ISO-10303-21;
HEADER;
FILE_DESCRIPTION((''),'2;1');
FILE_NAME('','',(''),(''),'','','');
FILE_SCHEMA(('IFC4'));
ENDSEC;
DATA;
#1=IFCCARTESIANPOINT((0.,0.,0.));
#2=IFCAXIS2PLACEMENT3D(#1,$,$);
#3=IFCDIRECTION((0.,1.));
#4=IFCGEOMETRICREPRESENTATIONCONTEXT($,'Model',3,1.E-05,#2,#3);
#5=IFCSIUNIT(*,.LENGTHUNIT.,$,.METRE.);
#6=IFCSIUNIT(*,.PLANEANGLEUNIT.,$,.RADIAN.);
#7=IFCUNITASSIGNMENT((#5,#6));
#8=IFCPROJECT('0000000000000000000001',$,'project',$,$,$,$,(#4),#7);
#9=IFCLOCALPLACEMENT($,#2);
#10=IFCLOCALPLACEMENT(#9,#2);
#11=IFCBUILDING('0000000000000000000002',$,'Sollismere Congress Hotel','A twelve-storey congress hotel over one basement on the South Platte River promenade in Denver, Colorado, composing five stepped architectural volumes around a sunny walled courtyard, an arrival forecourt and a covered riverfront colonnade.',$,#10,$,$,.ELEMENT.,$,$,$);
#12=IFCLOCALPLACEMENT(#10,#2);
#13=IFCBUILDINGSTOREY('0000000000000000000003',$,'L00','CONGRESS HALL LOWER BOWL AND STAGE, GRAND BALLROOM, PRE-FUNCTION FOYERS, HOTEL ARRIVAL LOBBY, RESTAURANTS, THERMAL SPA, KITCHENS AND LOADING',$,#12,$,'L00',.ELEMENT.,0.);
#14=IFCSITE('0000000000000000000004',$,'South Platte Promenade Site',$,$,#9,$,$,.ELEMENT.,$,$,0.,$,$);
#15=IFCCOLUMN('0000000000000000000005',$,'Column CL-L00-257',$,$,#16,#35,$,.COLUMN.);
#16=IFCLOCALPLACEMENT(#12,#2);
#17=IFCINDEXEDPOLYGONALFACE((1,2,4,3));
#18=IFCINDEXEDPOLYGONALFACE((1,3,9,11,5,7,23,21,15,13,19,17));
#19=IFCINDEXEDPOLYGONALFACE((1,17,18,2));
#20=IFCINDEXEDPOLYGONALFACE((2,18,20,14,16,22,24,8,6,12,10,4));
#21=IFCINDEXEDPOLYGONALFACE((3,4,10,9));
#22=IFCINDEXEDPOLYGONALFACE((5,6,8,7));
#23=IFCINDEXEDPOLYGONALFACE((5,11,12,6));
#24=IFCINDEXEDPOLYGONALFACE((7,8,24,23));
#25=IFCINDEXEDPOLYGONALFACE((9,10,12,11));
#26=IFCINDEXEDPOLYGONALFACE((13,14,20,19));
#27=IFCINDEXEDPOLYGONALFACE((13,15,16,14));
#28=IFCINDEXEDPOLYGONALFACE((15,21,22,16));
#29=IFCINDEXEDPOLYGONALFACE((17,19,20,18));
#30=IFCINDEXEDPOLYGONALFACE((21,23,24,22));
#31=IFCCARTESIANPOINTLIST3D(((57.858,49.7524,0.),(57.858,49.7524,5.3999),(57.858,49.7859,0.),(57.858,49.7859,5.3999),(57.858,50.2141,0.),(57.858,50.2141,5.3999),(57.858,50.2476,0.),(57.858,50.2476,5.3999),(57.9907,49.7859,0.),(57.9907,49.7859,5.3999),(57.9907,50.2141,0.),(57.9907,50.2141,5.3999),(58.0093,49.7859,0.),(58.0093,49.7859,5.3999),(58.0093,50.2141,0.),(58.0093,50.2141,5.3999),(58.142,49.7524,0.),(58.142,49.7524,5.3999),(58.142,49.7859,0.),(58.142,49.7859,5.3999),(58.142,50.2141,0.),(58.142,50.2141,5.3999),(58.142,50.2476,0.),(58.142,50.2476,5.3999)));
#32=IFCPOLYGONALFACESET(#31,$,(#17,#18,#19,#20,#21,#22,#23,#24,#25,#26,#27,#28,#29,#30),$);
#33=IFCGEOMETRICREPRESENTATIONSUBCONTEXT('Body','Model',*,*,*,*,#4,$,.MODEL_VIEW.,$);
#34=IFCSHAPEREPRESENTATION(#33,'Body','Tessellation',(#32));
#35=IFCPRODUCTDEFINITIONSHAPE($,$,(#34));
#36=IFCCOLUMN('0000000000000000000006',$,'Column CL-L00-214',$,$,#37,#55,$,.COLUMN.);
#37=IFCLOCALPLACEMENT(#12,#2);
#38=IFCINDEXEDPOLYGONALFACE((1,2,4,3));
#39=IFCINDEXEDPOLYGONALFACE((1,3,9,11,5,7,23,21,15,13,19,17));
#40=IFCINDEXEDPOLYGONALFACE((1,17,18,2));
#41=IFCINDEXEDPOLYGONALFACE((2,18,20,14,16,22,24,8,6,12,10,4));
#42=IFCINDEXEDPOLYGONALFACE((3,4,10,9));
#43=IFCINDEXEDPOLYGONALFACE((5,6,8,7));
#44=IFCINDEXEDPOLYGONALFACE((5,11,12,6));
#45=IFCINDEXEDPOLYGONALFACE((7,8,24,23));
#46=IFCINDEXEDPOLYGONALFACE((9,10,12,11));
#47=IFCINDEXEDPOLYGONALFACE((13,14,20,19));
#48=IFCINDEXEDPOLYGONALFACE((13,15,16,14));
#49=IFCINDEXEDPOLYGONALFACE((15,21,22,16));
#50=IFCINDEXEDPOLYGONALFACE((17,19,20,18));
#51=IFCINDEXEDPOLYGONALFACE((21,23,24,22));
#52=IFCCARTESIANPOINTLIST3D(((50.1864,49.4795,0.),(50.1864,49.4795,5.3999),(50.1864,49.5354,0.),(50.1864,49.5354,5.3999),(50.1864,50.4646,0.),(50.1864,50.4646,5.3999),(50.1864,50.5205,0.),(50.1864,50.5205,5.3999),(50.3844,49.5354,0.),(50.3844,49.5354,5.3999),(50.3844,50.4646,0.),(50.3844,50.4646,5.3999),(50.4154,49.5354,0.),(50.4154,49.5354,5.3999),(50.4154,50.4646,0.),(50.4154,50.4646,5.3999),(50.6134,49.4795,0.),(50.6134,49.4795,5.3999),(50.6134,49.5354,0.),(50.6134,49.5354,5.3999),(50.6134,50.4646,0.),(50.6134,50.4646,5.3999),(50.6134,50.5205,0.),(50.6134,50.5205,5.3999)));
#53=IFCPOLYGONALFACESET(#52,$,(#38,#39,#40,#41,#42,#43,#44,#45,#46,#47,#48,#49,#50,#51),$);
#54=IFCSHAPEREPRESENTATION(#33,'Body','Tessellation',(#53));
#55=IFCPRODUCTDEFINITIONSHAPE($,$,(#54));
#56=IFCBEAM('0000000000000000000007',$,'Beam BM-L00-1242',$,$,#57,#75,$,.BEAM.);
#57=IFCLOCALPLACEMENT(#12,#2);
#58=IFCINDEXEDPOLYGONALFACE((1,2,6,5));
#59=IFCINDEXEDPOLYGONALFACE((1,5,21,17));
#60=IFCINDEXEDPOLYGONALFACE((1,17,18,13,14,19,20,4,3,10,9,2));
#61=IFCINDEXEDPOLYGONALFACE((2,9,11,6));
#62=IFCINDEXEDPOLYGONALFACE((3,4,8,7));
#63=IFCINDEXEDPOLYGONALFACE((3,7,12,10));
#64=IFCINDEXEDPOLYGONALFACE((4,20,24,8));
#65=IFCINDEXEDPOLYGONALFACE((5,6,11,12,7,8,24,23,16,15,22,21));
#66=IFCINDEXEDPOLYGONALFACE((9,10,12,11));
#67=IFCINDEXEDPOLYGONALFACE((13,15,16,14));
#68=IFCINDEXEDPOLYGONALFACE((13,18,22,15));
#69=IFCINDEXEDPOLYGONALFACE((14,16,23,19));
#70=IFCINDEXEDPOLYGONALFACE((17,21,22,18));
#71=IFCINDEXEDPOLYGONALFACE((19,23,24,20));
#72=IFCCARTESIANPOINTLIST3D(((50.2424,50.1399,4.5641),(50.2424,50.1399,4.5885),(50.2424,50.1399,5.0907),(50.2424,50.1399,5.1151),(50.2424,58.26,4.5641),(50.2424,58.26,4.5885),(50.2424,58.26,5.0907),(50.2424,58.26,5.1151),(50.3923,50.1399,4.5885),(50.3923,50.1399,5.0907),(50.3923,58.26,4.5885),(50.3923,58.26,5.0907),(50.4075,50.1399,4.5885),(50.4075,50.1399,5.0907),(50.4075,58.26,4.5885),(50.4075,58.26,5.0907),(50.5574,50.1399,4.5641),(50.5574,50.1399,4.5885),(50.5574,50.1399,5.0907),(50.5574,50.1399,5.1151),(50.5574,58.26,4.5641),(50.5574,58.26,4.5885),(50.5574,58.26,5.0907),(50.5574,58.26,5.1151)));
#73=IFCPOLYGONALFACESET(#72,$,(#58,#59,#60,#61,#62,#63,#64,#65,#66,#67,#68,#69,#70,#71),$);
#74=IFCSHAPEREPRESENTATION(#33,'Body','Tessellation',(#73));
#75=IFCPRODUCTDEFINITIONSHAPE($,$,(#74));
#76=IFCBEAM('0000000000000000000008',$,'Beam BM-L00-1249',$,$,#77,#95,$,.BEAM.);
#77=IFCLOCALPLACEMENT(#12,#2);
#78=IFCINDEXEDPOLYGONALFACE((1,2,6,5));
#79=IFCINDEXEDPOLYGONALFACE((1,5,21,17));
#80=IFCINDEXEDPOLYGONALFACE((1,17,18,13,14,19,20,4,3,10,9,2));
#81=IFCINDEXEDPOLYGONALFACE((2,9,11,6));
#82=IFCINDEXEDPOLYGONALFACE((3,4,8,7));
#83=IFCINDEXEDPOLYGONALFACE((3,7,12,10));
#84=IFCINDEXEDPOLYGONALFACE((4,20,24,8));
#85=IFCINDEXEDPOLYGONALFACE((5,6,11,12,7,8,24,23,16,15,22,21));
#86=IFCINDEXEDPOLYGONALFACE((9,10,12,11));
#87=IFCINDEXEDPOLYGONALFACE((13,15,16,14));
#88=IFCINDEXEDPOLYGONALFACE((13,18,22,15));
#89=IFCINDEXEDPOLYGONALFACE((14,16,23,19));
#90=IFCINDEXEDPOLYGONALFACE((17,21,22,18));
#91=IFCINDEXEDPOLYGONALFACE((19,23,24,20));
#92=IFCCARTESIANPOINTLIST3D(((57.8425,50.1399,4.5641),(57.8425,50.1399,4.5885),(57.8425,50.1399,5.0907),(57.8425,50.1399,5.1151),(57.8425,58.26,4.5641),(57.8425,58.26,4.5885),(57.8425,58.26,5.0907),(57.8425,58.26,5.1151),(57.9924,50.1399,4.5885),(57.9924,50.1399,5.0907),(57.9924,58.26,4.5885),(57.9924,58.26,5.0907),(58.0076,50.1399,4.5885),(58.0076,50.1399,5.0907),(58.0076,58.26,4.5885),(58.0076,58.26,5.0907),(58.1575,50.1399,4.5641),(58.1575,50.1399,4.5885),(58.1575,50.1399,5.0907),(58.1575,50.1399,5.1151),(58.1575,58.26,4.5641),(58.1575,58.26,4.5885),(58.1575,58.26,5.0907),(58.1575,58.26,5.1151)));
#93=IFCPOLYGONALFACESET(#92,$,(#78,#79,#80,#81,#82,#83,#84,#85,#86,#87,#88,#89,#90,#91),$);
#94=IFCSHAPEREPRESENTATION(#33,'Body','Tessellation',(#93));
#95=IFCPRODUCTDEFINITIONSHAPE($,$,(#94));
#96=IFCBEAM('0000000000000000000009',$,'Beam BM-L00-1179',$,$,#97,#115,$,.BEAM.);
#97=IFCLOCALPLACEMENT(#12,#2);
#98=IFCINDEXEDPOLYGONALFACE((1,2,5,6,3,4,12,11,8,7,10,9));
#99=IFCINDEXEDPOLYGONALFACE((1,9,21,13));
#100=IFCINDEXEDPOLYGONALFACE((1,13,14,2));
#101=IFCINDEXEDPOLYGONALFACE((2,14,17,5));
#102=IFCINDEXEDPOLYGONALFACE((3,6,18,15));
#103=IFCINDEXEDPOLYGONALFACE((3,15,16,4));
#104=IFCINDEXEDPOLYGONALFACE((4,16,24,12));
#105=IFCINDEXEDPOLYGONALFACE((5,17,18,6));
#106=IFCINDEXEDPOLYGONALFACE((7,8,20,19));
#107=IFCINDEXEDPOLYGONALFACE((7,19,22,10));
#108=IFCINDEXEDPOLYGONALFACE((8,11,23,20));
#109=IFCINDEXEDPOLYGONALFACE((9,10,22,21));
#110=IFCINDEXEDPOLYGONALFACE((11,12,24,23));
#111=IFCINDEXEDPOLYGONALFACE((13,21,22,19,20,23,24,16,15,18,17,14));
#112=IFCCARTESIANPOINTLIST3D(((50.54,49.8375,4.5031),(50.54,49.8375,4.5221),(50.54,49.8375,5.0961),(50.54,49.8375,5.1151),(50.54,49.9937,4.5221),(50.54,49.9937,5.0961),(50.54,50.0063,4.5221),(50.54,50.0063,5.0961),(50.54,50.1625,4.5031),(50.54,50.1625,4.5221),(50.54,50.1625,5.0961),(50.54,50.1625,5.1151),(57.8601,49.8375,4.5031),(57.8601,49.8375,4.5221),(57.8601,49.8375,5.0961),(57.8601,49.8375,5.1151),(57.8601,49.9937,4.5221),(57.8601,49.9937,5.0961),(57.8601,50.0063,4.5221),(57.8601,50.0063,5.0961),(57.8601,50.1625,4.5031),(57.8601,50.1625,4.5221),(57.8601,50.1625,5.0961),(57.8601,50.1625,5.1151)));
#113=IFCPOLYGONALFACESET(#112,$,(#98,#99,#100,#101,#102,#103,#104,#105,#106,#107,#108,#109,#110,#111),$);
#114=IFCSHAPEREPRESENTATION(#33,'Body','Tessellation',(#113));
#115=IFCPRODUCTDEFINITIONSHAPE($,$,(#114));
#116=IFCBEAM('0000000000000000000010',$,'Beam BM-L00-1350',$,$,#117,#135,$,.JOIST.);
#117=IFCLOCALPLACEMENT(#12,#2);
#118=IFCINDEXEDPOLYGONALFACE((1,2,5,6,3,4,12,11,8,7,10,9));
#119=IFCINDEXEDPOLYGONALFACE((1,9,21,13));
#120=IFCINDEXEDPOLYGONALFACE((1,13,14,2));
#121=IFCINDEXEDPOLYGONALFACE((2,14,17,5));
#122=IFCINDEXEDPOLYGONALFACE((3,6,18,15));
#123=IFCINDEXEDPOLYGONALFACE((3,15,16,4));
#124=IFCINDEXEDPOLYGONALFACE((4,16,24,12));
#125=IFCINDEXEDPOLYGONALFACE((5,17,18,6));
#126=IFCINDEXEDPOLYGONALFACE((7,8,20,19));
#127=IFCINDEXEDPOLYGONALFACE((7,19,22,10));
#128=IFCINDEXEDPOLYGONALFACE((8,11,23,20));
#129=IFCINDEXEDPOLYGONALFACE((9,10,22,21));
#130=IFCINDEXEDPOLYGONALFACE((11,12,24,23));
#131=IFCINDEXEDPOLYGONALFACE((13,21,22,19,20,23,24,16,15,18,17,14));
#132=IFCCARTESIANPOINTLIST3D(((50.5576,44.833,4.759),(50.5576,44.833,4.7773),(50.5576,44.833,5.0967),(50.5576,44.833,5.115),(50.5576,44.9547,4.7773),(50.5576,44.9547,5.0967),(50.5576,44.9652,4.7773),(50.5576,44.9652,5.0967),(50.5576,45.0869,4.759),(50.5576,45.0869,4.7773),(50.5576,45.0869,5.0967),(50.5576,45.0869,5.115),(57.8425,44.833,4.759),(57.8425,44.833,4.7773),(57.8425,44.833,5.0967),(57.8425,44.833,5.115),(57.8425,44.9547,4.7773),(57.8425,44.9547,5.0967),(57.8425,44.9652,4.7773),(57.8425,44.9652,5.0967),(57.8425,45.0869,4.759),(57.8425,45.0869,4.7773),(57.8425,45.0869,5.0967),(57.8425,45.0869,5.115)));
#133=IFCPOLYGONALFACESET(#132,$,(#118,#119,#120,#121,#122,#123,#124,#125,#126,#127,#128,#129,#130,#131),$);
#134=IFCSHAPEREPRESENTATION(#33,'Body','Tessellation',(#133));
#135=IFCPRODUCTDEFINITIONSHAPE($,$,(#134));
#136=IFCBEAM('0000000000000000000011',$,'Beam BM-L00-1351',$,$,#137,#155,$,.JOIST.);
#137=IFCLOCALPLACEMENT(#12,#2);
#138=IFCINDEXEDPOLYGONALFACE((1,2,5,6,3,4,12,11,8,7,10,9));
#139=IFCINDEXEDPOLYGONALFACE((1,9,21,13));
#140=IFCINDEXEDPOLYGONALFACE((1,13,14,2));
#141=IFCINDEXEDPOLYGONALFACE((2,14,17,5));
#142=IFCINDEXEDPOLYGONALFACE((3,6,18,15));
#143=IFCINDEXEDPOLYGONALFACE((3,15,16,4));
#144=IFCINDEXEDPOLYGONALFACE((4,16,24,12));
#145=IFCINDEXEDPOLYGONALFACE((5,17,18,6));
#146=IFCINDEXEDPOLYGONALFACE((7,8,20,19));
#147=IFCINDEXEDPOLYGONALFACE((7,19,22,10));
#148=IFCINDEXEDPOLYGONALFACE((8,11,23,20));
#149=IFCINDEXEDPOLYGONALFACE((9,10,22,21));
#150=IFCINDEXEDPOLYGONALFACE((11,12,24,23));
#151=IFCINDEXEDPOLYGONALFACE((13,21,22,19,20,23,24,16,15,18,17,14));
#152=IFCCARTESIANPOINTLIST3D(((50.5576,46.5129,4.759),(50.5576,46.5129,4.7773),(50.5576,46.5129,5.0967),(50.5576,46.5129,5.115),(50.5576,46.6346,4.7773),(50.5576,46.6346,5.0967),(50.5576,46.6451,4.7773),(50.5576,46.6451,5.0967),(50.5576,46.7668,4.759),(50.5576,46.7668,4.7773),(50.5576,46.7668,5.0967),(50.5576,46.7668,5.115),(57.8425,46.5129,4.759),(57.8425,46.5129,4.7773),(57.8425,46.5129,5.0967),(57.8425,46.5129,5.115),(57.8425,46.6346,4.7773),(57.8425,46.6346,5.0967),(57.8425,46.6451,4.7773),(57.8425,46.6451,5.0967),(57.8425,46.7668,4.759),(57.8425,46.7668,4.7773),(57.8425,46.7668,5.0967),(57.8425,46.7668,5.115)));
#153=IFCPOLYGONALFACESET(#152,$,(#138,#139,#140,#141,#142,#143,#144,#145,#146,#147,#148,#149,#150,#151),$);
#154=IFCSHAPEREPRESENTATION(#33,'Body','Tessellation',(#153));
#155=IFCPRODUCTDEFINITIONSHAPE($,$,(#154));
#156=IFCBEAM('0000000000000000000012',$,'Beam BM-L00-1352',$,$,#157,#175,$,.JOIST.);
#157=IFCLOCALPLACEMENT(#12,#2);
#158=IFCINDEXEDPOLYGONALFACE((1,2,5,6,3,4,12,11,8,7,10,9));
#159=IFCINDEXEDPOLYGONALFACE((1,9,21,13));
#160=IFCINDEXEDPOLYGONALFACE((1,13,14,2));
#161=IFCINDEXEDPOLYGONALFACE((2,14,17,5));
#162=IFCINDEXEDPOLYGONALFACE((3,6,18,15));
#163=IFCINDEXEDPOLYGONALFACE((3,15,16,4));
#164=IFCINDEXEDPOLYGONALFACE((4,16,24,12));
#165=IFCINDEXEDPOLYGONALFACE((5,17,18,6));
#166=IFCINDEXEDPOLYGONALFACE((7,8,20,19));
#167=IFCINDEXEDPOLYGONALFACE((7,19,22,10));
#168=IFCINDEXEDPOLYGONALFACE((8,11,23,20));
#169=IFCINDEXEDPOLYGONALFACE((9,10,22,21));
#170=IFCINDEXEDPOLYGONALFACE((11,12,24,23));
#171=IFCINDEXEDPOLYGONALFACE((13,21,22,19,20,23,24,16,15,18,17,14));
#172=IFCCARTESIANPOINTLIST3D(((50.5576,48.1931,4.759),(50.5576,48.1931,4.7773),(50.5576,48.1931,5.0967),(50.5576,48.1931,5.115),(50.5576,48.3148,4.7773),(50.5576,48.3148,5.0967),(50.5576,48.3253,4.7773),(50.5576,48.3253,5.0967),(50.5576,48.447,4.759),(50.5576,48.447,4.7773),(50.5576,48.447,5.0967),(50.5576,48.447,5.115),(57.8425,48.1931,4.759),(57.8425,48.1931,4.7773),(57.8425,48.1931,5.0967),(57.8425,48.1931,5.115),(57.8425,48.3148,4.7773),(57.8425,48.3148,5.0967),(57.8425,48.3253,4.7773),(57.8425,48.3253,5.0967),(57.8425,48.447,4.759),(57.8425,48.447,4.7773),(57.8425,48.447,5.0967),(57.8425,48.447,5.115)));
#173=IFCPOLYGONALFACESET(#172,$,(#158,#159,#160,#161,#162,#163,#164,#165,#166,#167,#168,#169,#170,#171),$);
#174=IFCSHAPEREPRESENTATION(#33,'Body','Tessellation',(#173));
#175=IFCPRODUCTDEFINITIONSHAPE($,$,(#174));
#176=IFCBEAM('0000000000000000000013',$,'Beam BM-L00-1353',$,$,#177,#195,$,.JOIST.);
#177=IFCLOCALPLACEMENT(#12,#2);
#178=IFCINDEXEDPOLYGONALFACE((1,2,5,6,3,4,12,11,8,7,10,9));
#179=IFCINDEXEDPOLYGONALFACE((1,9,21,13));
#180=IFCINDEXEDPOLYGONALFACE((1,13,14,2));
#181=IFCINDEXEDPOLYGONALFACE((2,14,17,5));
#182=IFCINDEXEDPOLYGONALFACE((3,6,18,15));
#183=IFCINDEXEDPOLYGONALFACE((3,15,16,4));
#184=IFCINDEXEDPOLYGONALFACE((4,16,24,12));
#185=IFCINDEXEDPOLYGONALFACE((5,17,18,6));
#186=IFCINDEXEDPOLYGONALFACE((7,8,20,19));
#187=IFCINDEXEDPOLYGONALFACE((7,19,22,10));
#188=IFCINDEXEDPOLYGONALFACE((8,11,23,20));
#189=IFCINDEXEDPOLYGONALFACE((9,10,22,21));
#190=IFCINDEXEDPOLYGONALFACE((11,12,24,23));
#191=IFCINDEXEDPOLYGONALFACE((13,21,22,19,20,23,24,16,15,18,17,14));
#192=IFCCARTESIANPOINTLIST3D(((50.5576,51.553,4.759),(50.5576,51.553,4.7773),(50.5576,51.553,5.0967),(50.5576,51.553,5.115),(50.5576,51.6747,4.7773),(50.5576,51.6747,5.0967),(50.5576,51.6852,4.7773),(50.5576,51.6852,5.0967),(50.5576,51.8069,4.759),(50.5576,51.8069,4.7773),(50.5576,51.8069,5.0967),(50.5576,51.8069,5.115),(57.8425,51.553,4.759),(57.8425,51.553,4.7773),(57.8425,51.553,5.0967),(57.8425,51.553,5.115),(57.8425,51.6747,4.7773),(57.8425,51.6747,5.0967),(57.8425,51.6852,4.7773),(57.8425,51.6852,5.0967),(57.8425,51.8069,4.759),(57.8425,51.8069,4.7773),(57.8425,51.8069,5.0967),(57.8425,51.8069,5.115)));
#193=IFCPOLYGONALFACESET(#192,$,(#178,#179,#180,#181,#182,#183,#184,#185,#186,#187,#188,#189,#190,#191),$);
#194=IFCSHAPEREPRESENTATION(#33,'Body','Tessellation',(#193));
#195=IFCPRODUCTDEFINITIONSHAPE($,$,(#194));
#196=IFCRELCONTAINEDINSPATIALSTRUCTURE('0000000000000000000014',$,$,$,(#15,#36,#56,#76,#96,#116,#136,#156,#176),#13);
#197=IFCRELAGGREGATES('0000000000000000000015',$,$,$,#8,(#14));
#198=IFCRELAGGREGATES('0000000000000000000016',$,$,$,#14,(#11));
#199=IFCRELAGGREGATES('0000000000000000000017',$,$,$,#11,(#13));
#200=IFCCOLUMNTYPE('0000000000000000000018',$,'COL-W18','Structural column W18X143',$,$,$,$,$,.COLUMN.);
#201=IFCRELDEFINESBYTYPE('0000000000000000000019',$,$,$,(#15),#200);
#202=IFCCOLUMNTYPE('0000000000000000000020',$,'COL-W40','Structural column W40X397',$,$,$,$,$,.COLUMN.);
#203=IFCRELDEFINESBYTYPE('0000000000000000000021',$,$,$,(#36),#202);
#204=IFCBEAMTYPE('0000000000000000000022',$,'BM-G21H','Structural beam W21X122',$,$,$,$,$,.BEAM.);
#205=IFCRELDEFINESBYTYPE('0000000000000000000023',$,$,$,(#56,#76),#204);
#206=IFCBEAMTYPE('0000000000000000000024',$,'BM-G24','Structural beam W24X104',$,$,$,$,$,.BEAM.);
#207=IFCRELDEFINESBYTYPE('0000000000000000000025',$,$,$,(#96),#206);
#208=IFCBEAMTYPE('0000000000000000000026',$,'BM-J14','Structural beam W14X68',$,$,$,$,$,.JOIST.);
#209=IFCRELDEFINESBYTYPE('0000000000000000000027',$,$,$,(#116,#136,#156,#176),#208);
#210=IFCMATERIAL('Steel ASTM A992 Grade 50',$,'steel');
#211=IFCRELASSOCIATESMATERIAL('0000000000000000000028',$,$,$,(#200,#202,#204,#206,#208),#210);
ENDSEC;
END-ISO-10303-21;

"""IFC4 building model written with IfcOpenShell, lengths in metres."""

from ifc_helpers import new_model, si_unit, direction, frame, origin, origin_2d, place, context, subcontext, project, spatial, i_section, extrude, material, material_profile, profile_set, type_object, element, save


model = new_model("IFC4")

# Units and contexts
model_context = context("Model", 3, precision=1e-05, world=origin(), true_north=direction((0.0, 1.0)))
body_context = subcontext(model_context, "Body", "Model", "MODEL_VIEW")
ifc_project = project(units=[si_unit("LENGTHUNIT", "METRE"), si_unit("PLANEANGLEUNIT", "RADIAN")], contexts=[model_context])

# Site, building, storey
site_placement = place(None, origin())
site = spatial("IfcSite", under=ifc_project, at=site_placement, Name="South Platte Promenade Site", CompositionType="ELEMENT", RefElevation=0.0)
building_placement = place(site_placement, origin())
building = spatial("IfcBuilding", under=site, at=building_placement, Name="Sollismere Congress Hotel", Description="A twelve-storey congress hotel over one basement on the South Platte River promenade in Denver, Colorado, composing five stepped architectural volumes around a sunny walled courtyard, an arrival forecourt and a covered riverfront colonnade.", CompositionType="ELEMENT")
storey_placement = place(building_placement, origin())
storey = spatial("IfcBuildingStorey", under=building, at=storey_placement, Name="L00", Description="CONGRESS HALL LOWER BOWL AND STAGE, GRAND BALLROOM, PRE-FUNCTION FOYERS, HOTEL ARRIVAL LOBBY, RESTAURANTS, THERMAL SPA, KITCHENS AND LOADING", LongName="L00", CompositionType="ELEMENT", Elevation=0.0)

# Columns
ifc_material_1 = material(Name="Steel ASTM A992 Grade 50", Category="steel")
ifc_material_profile_1 = material_profile(ifc_material_1, i_section(OverallWidth=0.2839, OverallDepth=0.4951, WebThickness=0.0186, FlangeThickness=0.0334, at=origin_2d()), Name="W18X143")
ifc_profile_set_1 = profile_set([ifc_material_profile_1], Name="Steel ASTM A992 Grade 50")
column_type_1 = type_object("IfcColumnType", Name="COL-W18", Description="Structural column W18X143", PredefinedType="COLUMN", material=ifc_profile_set_1)
column_1_placement = place(storey_placement, frame((58.0, 50.0, 0.0), z_axis=(0.0, 0.0, 1.0), x_axis=(1.0, 0.0, 0.0)))
element("IfcColumn", 1, at=column_1_placement, inside=storey, type_object=column_type_1, Name="Column CL-L00-257", PredefinedType="COLUMN", context=body_context, shape_type="SweptSolid", body=[
    extrude(i_section(OverallWidth=0.2839, OverallDepth=0.4951, WebThickness=0.0186, FlangeThickness=0.0334, at=origin_2d()), origin(), (0.0, 0.0, 1.0), 5.3999),
])
ifc_material_profile_2 = material_profile(ifc_material_1, i_section(OverallWidth=0.427, OverallDepth=1.041, WebThickness=0.031, FlangeThickness=0.0559, at=origin_2d()), Name="W40X397")
ifc_profile_set_2 = profile_set([ifc_material_profile_2], Name="Steel ASTM A992 Grade 50")
column_type_2 = type_object("IfcColumnType", Name="COL-W40", Description="Structural column W40X397", PredefinedType="COLUMN", material=ifc_profile_set_2)
column_2_placement = place(storey_placement, frame((50.3999, 50.0, 0.0), z_axis=(0.0, 0.0, 1.0), x_axis=(1.0, 0.0, 0.0)))
element("IfcColumn", 2, at=column_2_placement, inside=storey, type_object=column_type_2, Name="Column CL-L00-214", PredefinedType="COLUMN", context=body_context, shape_type="SweptSolid", body=[
    extrude(i_section(OverallWidth=0.427, OverallDepth=1.041, WebThickness=0.031, FlangeThickness=0.0559, at=origin_2d()), origin(), (0.0, 0.0, 1.0), 5.3999),
])

# Beams
ifc_material_profile_3 = material_profile(ifc_material_1, i_section(OverallWidth=0.3149, OverallDepth=0.551, WebThickness=0.0151, FlangeThickness=0.0244, at=origin_2d()), Name="W21X122")
ifc_profile_set_3 = profile_set([ifc_material_profile_3], Name="Steel ASTM A992 Grade 50")
beam_type_1 = type_object("IfcBeamType", Name="BM-G21H", Description="Structural beam W21X122", PredefinedType="BEAM", material=ifc_profile_set_3)
for number, where, z_axis, x_axis, name in (
    (3, (50.3999, 50.1399, 4.8396), (0.0, 1.0, 0.0), (-1.0, 0.0, 0.0), "Beam BM-L00-1242"),
    (4, (58.0, 50.1399, 4.8396), (0.0, 1.0, 0.0), (-1.0, 0.0, 0.0), "Beam BM-L00-1249"),
):
    element("IfcBeam", number, at=place(storey_placement, frame(where, z_axis=z_axis, x_axis=x_axis)), inside=storey, type_object=beam_type_1, Name=name, PredefinedType="BEAM", context=body_context, shape_type="SweptSolid", body=[
        extrude(i_section(OverallWidth=0.3149, OverallDepth=0.551, WebThickness=0.0151, FlangeThickness=0.0244, at=origin_2d()), origin(), (0.0, 0.0, 1.0), 8.1201),
    ])
ifc_material_profile_4 = material_profile(ifc_material_1, i_section(OverallWidth=0.325, OverallDepth=0.6121, WebThickness=0.0127, FlangeThickness=0.019, at=origin_2d()), Name="W24X104")
ifc_profile_set_4 = profile_set([ifc_material_profile_4], Name="Steel ASTM A992 Grade 50")
beam_type_2 = type_object("IfcBeamType", Name="BM-G24", Description="Structural beam W24X104", PredefinedType="BEAM", material=ifc_profile_set_4)
beam_placement = place(storey_placement, frame((50.54, 50.0, 4.8091), z_axis=(1.0, 0.0, 0.0), x_axis=(0.0, 1.0, 0.0)))
element("IfcBeam", 5, at=beam_placement, inside=storey, type_object=beam_type_2, Name="Beam BM-L00-1179", PredefinedType="BEAM", context=body_context, shape_type="SweptSolid", body=[
    extrude(i_section(OverallWidth=0.325, OverallDepth=0.6121, WebThickness=0.0127, FlangeThickness=0.019, at=origin_2d()), origin(), (0.0, 0.0, 1.0), 7.3201),
])
ifc_material_profile_5 = material_profile(ifc_material_1, i_section(OverallWidth=0.2539, OverallDepth=0.356, WebThickness=0.0105, FlangeThickness=0.0183, at=origin_2d()), Name="W14X68")
ifc_profile_set_5 = profile_set([ifc_material_profile_5], Name="Steel ASTM A992 Grade 50")
beam_type_3 = type_object("IfcBeamType", Name="BM-J14", Description="Structural beam W14X68", PredefinedType="JOIST", material=ifc_profile_set_5)
for number, where, z_axis, x_axis, name in (
    (6, (50.5576, 44.96, 4.937), (1.0, 0.0, 0.0), (0.0, 1.0, 0.0), "Beam BM-L00-1350"),
    (7, (50.5576, 46.6399, 4.937), (1.0, 0.0, 0.0), (0.0, 1.0, 0.0), "Beam BM-L00-1351"),
    (8, (50.5576, 48.3201, 4.937), (1.0, 0.0, 0.0), (0.0, 1.0, 0.0), "Beam BM-L00-1352"),
    (9, (50.5576, 51.6799, 4.937), (1.0, 0.0, 0.0), (0.0, 1.0, 0.0), "Beam BM-L00-1353"),
):
    element("IfcBeam", number, at=place(storey_placement, frame(where, z_axis=z_axis, x_axis=x_axis)), inside=storey, type_object=beam_type_3, Name=name, PredefinedType="JOIST", context=body_context, shape_type="SweptSolid", body=[
        extrude(i_section(OverallWidth=0.2539, OverallDepth=0.356, WebThickness=0.0105, FlangeThickness=0.0183, at=origin_2d()), origin(), (0.0, 0.0, 1.0), 7.2849),
    ])

save(model, "model.ifc")
